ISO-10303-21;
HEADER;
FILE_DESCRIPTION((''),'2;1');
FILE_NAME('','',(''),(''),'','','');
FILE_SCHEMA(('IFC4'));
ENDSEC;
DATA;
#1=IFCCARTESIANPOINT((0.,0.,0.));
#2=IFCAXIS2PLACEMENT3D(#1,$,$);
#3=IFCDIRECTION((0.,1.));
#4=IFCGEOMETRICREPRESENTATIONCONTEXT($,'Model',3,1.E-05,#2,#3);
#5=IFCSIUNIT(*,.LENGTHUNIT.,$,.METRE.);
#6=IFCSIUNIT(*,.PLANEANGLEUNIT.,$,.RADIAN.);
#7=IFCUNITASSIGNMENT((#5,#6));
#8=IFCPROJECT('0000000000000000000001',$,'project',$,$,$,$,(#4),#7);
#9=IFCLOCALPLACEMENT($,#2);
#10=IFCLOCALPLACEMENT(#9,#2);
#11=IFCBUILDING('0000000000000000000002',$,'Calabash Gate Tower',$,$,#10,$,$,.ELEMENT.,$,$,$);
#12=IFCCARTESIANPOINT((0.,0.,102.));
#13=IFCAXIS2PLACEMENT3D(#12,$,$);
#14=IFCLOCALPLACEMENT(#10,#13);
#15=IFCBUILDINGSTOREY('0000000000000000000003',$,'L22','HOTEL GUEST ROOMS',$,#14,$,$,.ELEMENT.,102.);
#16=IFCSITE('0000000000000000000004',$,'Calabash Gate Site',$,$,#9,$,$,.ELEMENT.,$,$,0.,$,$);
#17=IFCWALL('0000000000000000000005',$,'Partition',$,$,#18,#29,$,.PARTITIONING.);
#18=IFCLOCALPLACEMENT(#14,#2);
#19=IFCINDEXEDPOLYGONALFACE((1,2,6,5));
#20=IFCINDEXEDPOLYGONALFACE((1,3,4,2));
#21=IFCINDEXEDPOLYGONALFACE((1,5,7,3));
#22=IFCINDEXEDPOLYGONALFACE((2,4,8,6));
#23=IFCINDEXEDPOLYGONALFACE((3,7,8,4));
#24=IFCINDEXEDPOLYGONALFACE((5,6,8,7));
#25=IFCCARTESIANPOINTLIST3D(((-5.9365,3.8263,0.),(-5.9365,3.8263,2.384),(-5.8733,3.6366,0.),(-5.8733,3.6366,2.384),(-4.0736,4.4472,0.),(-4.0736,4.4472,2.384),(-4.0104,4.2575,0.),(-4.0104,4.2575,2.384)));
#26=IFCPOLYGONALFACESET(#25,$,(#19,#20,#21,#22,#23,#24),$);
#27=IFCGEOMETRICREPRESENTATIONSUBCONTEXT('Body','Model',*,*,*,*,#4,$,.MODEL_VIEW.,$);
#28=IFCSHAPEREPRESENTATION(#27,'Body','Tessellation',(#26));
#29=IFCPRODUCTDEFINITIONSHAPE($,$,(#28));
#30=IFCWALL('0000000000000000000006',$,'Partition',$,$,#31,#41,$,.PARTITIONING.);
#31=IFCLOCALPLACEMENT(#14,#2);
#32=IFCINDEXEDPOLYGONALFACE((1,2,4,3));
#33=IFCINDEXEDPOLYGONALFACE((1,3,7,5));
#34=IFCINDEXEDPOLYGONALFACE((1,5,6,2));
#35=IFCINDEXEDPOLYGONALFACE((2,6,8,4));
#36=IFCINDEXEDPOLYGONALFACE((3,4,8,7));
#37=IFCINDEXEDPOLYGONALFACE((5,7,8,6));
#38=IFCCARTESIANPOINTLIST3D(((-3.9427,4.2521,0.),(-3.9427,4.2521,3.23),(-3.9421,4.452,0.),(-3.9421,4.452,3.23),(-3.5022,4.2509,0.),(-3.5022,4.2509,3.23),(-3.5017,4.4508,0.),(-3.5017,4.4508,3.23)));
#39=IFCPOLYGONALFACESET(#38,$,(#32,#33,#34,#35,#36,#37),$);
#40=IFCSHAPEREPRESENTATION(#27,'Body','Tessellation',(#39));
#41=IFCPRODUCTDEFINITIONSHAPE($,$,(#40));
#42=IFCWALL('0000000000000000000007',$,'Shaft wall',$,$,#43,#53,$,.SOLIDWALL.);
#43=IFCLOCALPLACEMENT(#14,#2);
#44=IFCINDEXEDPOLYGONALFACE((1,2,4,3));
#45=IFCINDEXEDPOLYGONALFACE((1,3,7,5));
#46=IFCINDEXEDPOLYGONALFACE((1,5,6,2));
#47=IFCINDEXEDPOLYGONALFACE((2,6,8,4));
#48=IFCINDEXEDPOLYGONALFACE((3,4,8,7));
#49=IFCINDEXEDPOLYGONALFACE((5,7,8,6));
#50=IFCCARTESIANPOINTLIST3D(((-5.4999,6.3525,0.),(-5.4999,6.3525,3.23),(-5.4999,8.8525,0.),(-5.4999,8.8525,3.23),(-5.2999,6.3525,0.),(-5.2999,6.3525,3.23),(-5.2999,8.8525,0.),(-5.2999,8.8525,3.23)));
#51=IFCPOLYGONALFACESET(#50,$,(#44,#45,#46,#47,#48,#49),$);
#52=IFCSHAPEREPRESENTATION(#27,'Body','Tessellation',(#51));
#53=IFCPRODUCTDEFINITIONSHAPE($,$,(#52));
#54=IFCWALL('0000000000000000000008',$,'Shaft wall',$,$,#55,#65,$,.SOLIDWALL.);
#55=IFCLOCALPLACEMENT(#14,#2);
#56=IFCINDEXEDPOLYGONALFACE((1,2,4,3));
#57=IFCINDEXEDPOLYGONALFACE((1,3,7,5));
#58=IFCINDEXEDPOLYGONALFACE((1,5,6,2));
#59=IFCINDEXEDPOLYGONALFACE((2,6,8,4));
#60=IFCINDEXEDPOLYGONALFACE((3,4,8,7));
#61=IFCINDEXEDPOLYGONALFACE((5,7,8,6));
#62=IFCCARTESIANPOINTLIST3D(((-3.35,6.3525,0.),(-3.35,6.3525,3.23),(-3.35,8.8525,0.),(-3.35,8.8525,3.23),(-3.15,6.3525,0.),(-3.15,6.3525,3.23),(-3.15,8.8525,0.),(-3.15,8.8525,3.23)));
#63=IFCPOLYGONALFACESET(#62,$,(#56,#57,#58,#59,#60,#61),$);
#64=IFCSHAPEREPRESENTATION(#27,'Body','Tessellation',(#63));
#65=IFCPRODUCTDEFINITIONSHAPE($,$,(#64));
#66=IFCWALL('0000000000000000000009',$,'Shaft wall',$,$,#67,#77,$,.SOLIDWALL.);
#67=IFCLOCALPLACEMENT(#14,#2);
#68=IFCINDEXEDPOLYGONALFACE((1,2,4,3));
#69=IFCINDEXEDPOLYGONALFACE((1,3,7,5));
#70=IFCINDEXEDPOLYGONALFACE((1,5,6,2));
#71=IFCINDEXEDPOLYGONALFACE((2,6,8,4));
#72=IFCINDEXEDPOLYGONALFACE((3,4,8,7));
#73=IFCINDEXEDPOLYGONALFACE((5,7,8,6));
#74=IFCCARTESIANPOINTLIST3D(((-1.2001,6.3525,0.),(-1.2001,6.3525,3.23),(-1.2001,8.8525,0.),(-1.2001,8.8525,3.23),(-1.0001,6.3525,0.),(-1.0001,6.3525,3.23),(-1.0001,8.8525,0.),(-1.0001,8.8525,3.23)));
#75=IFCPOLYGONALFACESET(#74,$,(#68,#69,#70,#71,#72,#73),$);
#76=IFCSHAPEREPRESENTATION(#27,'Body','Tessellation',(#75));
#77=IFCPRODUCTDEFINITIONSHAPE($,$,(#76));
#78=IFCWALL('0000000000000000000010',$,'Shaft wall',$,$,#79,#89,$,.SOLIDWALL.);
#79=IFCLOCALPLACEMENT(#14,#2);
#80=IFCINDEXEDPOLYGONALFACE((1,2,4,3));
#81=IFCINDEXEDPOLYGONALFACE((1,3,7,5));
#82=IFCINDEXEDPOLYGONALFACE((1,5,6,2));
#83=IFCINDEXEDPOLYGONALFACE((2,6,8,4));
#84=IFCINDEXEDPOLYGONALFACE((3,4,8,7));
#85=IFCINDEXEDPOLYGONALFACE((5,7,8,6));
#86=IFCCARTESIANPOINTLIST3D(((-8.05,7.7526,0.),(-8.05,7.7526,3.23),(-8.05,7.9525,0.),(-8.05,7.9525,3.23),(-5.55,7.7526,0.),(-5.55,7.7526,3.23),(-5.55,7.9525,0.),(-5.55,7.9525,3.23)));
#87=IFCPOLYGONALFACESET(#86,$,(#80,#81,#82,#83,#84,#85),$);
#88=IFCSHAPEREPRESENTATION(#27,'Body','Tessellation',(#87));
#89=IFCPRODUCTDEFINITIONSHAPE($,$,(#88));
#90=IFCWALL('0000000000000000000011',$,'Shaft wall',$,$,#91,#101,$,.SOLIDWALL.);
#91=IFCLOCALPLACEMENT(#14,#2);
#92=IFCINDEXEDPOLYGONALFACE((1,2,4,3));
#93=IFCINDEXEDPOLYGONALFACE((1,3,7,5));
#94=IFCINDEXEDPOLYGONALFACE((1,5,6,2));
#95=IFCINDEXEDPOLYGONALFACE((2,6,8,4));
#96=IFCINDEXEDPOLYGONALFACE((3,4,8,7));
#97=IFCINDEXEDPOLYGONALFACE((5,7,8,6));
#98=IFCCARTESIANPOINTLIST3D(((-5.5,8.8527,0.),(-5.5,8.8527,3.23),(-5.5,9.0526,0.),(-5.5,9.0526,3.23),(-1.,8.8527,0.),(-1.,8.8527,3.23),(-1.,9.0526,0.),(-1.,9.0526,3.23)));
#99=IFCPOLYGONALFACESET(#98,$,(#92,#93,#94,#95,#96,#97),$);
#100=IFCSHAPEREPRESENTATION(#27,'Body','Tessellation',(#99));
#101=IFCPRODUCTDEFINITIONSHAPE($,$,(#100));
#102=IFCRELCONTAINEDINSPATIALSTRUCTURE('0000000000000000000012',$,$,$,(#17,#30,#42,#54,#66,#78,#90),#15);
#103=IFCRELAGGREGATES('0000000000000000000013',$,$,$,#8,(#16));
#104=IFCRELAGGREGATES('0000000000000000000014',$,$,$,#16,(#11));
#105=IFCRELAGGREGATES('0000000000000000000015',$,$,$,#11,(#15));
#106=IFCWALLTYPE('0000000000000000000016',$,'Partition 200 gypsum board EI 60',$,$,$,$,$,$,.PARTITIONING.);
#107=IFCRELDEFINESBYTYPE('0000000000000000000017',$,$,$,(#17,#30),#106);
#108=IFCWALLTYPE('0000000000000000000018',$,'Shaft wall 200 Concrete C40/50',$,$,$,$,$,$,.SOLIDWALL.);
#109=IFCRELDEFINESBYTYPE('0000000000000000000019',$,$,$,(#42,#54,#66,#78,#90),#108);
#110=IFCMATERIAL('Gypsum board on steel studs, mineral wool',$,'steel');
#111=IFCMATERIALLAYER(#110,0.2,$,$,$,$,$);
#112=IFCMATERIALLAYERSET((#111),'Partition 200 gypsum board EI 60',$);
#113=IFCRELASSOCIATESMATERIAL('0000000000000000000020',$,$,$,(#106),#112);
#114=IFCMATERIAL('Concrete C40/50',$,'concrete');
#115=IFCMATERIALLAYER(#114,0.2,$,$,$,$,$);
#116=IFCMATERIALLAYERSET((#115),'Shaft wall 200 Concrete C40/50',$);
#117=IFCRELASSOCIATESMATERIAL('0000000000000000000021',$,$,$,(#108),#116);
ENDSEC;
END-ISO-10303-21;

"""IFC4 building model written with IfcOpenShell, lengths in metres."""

from ifc_helpers import new_model, si_unit, direction, frame, frame_2d, origin, place, context, subcontext, project, spatial, rectangle, extrude, material, layer, layer_set, type_object, element, save


model = new_model("IFC4")

# Units and contexts
model_context = context("Model", 3, precision=1e-05, world=origin(), true_north=direction((0.0, 1.0)))
body_context = subcontext(model_context, "Body", "Model", "MODEL_VIEW")
ifc_project = project(units=[si_unit("LENGTHUNIT", "METRE"), si_unit("PLANEANGLEUNIT", "RADIAN")], contexts=[model_context])

# Site, building, storey
site_placement = place(None, origin())
site = spatial("IfcSite", under=ifc_project, at=site_placement, Name="Calabash Gate Site", CompositionType="ELEMENT", RefElevation=0.0)
building_placement = place(site_placement, origin())
building = spatial("IfcBuilding", under=site, at=building_placement, Name="Calabash Gate Tower", CompositionType="ELEMENT")
storey_placement = place(building_placement, frame((0.0, 0.0, 102.0)))
storey = spatial("IfcBuildingStorey", under=building, at=storey_placement, Name="L22", Description="HOTEL GUEST ROOMS", CompositionType="ELEMENT", Elevation=102.0)

# Shared definitions
ifc_material_1 = material(Name="Gypsum board on steel studs, mineral wool", Category="steel")
ifc_layer_1 = layer(ifc_material_1, 0.2)
ifc_layer_set_1 = layer_set([ifc_layer_1], Name="Partition 200 gypsum board EI 60")
wall_type_1 = type_object("IfcWallType", Name="Partition 200 gypsum board EI 60", PredefinedType="PARTITIONING", material=ifc_layer_set_1)

# Walls
wall_1_placement = place(storey_placement, frame((-5.905, 3.7314, 0.0), z_axis=(0.0, 0.0, 1.0), x_axis=(0.948696, 0.31619, 0.0)))
element("IfcWall", 1, at=wall_1_placement, inside=storey, type_object=wall_type_1, Name="Partition", PredefinedType="PARTITIONING", context=body_context, shape_type="SweptSolid", body=[
    extrude(rectangle(XDim=1.9636, YDim=0.2, at=frame_2d((0.9819, 0.0))), origin(), (0.0, 0.0, 1.0), 2.384),
])
wall_2_placement = place(storey_placement, frame((-3.9424, 4.3521, 0.0), z_axis=(0.0, 0.0, 1.0), x_axis=(0.999996, -0.002772, 0.0)))
element("IfcWall", 2, at=wall_2_placement, inside=storey, type_object=wall_type_1, Name="Partition", PredefinedType="PARTITIONING", context=body_context, shape_type="SweptSolid", body=[
    extrude(rectangle(XDim=0.4404, YDim=0.2, at=frame_2d((0.2202, 0.0))), origin(), (0.0, 0.0, 1.0), 3.23),
])
ifc_material_2 = material(Name="Concrete C40/50", Category="concrete")
ifc_layer_2 = layer(ifc_material_2, 0.2)
ifc_layer_set_2 = layer_set([ifc_layer_2], Name="Shaft wall 200 Concrete C40/50")
wall_type_2 = type_object("IfcWallType", Name="Shaft wall 200 Concrete C40/50", PredefinedType="SOLIDWALL", material=ifc_layer_set_2)
for number, where, z_axis, x_axis, name in (
    (3, (-5.3999, 6.3525, 0.0), (0.0, 0.0, 1.0), (0.0, 1.0, 0.0), "Shaft wall"),
    (4, (-3.25, 6.3525, 0.0), (0.0, 0.0, 1.0), (0.0, 1.0, 0.0), "Shaft wall"),
    (5, (-1.1001, 6.3525, 0.0), (0.0, 0.0, 1.0), (0.0, 1.0, 0.0), "Shaft wall"),
    (6, (-8.05, 7.8525, 0.0), (0.0, 0.0, 1.0), (1.0, 0.0, 0.0), "Shaft wall"),
):
    element("IfcWall", number, at=place(storey_placement, frame(where, z_axis=z_axis, x_axis=x_axis)), inside=storey, type_object=wall_type_2, Name=name, PredefinedType="SOLIDWALL", context=body_context, shape_type="SweptSolid", body=[
        extrude(rectangle(XDim=2.5, YDim=0.2, at=frame_2d((1.25, 0.0))), origin(), (0.0, 0.0, 1.0), 3.23),
    ])
wall_3_placement = place(storey_placement, frame((-5.5, 8.9526, 0.0), z_axis=(0.0, 0.0, 1.0), x_axis=(1.0, 0.0, 0.0)))
element("IfcWall", 7, at=wall_3_placement, inside=storey, type_object=wall_type_2, Name="Shaft wall", PredefinedType="SOLIDWALL", context=body_context, shape_type="SweptSolid", body=[
    extrude(rectangle(XDim=4.5, YDim=0.2, at=frame_2d((2.25, 0.0))), origin(), (0.0, 0.0, 1.0), 3.23),
])

save(model, "model.ifc")
